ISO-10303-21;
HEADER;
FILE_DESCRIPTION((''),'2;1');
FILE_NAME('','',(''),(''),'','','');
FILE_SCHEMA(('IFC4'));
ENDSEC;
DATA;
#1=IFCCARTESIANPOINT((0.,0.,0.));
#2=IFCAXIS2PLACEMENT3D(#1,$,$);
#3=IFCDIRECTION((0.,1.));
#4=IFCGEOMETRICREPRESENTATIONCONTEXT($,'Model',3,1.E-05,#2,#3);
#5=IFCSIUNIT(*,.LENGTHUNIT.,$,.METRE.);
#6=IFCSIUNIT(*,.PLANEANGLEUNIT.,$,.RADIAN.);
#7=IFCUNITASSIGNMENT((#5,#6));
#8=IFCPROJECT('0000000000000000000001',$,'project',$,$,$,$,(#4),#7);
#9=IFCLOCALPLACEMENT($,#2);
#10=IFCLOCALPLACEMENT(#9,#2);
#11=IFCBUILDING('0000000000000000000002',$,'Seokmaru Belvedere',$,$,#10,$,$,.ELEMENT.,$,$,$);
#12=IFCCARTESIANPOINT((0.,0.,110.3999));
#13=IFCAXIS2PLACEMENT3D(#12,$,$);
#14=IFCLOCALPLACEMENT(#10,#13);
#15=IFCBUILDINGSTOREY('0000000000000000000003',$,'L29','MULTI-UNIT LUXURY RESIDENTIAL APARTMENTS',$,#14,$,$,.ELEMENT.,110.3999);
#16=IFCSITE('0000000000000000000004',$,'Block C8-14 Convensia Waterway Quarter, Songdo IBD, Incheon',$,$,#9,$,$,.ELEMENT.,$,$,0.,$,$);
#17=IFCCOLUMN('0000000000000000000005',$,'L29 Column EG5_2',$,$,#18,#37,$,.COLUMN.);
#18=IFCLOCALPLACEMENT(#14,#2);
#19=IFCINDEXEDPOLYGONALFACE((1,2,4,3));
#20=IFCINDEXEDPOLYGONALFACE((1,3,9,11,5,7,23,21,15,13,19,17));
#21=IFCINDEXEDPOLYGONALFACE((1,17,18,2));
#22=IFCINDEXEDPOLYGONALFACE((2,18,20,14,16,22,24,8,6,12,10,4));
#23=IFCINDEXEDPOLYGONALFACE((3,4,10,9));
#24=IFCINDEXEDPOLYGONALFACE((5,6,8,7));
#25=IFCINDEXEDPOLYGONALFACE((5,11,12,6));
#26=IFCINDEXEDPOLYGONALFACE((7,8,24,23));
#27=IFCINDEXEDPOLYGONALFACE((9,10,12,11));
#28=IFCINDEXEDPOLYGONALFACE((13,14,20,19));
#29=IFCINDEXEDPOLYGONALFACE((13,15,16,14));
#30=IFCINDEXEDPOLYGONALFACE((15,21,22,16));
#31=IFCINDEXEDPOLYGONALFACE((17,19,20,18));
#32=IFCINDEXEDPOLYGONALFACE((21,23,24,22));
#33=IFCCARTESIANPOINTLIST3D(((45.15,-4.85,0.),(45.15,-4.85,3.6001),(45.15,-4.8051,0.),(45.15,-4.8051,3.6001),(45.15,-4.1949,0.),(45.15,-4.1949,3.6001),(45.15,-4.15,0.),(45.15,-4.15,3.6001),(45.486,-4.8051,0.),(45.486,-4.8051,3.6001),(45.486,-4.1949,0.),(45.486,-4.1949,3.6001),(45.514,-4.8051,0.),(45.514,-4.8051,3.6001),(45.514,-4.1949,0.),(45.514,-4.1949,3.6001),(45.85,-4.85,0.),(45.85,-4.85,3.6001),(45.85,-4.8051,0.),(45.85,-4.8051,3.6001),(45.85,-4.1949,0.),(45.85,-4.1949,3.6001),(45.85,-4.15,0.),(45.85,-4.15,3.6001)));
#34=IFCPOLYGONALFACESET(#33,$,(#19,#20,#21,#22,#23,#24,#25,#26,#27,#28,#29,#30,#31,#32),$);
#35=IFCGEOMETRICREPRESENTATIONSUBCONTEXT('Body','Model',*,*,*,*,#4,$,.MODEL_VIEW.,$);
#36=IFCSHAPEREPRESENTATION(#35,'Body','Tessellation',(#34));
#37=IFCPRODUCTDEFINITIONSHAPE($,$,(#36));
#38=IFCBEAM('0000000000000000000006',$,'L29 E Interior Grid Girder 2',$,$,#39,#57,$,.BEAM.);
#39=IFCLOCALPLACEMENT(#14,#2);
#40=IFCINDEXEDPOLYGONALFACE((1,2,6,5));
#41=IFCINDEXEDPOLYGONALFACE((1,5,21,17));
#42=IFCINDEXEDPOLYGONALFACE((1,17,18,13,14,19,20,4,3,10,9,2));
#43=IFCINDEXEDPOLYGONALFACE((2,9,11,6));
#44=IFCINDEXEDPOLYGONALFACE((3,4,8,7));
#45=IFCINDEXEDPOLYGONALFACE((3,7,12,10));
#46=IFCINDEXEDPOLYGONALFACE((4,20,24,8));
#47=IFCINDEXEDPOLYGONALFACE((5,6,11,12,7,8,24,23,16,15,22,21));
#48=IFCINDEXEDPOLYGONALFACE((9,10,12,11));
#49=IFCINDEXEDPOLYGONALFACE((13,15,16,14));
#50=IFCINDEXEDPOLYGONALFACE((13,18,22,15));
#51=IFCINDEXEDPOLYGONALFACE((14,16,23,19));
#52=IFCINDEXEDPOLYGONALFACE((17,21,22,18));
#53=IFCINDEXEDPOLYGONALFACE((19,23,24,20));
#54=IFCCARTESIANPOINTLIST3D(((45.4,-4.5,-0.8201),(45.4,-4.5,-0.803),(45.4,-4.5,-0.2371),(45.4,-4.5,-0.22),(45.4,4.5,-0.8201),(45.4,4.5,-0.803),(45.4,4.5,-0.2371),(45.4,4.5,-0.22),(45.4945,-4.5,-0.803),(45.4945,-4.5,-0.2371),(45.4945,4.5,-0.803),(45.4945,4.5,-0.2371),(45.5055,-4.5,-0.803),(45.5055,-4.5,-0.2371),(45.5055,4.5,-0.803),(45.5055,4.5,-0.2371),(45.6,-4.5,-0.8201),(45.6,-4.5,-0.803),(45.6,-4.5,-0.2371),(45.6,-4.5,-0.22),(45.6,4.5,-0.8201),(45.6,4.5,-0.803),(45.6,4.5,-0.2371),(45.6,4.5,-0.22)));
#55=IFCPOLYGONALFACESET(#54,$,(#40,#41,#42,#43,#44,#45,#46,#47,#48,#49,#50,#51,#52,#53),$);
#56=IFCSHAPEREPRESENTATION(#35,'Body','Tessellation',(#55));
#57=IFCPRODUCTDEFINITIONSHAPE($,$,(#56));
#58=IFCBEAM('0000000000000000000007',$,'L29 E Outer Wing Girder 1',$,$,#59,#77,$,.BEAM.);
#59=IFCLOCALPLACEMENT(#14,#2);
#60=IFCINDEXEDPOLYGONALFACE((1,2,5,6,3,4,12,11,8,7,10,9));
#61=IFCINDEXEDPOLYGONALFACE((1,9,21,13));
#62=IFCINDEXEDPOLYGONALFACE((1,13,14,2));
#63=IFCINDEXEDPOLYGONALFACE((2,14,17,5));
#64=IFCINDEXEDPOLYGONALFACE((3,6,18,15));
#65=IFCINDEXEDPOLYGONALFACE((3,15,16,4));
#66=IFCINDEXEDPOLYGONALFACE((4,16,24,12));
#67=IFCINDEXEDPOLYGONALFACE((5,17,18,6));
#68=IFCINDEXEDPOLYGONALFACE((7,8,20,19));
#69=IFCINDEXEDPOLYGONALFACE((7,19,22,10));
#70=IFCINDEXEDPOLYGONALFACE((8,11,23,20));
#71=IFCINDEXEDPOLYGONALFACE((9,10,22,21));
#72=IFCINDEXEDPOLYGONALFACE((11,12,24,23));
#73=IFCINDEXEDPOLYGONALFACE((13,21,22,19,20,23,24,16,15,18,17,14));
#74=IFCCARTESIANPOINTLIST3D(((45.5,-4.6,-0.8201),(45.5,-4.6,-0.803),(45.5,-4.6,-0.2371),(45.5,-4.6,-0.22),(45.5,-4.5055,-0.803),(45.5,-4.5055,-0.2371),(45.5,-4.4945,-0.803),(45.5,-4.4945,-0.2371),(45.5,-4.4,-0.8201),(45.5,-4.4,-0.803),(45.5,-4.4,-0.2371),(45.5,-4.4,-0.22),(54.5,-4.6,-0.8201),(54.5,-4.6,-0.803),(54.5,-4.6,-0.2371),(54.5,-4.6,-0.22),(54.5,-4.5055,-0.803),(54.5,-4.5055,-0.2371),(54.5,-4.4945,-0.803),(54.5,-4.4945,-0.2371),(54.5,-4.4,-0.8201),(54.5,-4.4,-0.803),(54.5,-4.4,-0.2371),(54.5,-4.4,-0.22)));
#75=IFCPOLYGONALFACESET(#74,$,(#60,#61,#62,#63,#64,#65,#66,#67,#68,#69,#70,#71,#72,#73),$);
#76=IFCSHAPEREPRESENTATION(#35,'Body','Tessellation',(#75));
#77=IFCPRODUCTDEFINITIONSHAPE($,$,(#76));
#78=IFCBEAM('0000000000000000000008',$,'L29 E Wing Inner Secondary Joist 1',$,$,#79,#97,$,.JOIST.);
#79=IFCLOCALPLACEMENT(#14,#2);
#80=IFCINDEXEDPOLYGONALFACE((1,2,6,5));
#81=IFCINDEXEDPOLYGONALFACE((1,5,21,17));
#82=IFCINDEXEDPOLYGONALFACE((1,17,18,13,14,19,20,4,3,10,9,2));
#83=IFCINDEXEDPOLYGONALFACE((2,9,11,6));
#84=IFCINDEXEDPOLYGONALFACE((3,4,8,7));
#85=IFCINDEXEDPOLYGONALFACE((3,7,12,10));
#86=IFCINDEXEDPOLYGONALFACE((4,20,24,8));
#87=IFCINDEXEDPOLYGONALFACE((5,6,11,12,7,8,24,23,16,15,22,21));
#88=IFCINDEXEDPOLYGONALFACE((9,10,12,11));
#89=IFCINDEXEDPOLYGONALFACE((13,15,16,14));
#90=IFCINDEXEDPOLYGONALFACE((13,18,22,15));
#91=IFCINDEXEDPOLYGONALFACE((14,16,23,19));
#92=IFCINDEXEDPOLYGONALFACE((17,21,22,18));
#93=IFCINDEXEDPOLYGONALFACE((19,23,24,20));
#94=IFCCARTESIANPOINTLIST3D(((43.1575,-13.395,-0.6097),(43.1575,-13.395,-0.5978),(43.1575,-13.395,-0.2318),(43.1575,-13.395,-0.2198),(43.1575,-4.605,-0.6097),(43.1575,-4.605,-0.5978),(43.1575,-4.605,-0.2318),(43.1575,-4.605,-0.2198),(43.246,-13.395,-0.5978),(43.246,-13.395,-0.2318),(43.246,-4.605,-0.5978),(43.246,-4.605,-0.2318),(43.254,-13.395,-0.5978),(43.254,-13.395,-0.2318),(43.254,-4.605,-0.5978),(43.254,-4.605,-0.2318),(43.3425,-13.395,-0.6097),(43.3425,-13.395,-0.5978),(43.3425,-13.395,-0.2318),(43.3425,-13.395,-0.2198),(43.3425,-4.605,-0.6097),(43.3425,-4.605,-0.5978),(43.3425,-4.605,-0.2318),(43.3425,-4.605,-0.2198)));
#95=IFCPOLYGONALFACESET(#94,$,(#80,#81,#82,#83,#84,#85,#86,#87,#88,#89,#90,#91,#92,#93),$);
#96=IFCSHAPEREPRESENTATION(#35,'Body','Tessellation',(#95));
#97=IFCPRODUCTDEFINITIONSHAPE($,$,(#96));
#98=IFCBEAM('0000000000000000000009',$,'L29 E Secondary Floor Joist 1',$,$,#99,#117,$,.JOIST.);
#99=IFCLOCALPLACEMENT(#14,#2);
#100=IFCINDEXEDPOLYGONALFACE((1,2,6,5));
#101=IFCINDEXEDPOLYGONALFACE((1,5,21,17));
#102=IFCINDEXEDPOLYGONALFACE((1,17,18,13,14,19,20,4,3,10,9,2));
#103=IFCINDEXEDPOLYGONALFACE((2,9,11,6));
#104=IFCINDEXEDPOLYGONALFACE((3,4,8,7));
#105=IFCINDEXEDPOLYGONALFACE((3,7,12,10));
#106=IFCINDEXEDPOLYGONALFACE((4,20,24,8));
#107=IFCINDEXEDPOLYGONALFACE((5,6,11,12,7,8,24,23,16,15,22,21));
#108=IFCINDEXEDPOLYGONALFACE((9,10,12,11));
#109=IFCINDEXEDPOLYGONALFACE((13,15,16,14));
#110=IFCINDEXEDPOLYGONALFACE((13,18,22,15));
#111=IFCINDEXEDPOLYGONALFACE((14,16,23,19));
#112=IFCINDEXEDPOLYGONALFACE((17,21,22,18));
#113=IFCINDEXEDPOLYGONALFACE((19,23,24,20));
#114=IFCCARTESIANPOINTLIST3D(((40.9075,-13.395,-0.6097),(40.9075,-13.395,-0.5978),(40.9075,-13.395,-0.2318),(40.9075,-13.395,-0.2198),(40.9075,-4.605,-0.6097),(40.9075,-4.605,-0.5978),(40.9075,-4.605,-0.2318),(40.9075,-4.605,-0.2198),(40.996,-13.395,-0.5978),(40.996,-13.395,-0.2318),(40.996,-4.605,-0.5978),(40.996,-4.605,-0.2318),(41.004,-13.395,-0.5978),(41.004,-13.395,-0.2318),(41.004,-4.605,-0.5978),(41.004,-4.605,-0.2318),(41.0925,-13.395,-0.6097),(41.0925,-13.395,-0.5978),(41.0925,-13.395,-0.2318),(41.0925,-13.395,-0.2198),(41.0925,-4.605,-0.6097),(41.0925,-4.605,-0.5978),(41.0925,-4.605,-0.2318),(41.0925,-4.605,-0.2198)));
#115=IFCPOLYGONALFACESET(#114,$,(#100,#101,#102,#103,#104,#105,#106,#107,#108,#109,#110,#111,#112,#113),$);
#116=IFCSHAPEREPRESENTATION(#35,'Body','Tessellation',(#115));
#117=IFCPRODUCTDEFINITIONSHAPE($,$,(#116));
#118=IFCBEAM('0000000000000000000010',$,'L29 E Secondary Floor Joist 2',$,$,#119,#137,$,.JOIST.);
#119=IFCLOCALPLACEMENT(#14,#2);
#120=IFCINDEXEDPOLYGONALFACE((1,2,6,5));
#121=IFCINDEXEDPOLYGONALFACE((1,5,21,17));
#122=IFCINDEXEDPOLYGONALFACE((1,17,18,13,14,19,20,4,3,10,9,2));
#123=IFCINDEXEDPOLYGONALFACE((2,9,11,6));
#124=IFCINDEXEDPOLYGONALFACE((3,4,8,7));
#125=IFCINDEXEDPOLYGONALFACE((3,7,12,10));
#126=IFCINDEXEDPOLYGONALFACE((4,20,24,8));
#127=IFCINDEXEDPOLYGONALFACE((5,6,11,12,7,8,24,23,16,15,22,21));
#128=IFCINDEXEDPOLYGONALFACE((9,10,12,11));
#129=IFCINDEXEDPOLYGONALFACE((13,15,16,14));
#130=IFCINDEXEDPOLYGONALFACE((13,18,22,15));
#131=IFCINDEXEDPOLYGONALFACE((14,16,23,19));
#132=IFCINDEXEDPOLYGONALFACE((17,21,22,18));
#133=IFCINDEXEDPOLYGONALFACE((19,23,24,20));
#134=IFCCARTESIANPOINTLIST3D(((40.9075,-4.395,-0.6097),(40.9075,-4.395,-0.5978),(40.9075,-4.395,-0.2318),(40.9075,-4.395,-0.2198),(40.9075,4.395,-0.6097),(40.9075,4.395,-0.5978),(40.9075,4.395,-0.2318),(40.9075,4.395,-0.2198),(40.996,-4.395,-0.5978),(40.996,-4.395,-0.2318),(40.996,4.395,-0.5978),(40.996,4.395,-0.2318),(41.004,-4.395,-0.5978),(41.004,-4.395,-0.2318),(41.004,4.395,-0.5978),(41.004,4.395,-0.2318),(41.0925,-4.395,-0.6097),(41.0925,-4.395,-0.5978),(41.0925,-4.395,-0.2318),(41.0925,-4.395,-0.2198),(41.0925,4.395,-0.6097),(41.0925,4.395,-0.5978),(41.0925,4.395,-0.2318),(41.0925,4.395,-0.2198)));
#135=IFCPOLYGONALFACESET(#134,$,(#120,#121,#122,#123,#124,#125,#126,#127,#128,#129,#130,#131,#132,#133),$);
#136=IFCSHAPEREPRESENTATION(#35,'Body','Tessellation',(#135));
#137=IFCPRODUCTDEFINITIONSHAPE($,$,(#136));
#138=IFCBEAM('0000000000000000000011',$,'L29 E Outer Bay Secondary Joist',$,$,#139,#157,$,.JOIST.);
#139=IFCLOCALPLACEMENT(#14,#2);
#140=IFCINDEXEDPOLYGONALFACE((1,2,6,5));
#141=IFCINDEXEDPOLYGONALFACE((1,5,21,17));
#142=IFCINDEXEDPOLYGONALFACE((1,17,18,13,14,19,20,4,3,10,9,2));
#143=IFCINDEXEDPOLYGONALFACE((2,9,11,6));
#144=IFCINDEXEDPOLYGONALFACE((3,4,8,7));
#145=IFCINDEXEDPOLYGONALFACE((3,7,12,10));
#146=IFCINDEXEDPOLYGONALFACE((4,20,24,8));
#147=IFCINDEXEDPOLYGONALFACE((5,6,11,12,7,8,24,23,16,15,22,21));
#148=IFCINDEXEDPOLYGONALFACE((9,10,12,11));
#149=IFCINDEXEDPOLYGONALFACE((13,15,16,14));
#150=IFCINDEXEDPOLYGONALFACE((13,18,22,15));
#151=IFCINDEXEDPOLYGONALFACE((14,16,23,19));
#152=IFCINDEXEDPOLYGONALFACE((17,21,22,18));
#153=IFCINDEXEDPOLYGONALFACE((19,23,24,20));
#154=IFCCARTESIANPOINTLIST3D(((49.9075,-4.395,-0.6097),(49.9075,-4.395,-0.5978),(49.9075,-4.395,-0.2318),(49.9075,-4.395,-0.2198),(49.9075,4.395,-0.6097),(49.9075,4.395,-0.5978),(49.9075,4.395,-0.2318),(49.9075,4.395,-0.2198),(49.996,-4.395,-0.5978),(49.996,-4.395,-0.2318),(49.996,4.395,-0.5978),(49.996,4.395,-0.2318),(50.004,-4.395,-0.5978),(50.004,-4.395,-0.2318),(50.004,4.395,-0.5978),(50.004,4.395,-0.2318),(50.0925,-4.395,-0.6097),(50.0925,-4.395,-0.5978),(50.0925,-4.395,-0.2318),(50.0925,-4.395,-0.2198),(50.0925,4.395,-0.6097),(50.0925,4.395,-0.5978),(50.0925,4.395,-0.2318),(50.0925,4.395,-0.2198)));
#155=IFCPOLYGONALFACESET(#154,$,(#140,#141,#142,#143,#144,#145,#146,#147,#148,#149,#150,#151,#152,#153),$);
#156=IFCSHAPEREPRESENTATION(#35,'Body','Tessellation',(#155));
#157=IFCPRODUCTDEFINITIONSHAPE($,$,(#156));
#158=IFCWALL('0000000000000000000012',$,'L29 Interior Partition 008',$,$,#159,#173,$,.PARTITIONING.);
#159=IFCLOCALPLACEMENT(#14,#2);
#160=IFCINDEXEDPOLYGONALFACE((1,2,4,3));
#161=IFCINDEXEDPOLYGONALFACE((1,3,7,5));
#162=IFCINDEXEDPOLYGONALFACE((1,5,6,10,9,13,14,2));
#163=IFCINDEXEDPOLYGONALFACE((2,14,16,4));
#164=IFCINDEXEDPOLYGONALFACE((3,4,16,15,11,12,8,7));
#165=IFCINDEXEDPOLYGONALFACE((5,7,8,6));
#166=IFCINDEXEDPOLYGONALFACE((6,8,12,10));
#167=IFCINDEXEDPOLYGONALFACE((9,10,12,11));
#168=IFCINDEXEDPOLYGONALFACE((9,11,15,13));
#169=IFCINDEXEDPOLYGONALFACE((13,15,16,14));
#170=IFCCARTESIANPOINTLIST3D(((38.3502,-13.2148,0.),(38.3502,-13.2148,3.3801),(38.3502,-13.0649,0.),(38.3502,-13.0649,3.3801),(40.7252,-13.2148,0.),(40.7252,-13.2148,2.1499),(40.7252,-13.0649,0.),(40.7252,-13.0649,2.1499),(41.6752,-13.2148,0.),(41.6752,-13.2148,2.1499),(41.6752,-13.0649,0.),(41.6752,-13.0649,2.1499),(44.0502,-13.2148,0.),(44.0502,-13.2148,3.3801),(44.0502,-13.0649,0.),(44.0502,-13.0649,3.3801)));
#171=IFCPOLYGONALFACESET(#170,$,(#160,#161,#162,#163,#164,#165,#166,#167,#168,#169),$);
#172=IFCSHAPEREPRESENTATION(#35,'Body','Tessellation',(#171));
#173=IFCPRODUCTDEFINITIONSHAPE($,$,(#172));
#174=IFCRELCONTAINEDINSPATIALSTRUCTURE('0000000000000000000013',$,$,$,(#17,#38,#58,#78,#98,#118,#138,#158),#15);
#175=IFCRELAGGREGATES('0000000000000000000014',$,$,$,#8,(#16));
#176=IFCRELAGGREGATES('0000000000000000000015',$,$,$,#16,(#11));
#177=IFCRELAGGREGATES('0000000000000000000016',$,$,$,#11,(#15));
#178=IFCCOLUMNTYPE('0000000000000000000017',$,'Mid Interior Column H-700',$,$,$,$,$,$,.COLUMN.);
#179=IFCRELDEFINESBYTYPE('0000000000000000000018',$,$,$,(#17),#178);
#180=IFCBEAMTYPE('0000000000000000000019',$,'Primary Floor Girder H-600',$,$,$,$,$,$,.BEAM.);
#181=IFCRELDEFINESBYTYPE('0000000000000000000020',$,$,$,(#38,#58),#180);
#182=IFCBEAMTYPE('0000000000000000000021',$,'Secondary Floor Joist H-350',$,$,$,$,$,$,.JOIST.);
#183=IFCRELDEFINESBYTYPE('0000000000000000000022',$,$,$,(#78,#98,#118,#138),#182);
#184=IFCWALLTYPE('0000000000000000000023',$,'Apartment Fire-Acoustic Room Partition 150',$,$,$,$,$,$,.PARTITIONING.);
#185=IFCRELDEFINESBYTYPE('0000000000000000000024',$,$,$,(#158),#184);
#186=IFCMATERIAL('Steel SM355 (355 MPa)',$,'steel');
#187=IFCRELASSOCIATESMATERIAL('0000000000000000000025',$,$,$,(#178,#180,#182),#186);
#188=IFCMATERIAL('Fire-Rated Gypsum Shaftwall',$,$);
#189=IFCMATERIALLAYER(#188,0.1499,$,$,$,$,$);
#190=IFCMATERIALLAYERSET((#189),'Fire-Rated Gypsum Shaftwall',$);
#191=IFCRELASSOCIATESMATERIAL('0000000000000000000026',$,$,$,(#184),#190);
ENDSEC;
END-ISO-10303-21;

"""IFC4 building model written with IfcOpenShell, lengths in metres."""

from ifc_helpers import new_model, si_unit, direction, frame, frame_2d, origin, origin_2d, place, context, subcontext, project, spatial, rectangle, i_section, extrude, source, transform, mapped, material, layer, layer_set, material_profile, profile_set, type_object, type_shapes, element, save


model = new_model("IFC4")

# Units and contexts
model_context = context("Model", 3, precision=1e-05, world=origin(), true_north=direction((0.0, 1.0)))
body_context = subcontext(model_context, "Body", "Model", "MODEL_VIEW")
ifc_project = project(units=[si_unit("LENGTHUNIT", "METRE"), si_unit("PLANEANGLEUNIT", "RADIAN")], contexts=[model_context])

# Site, building, storey
site_placement = place(None, origin())
site = spatial("IfcSite", under=ifc_project, at=site_placement, Name="Block C8-14 Convensia Waterway Quarter, Songdo IBD, Incheon", CompositionType="ELEMENT", RefElevation=0.0)
building_placement = place(site_placement, origin())
building = spatial("IfcBuilding", under=site, at=building_placement, Name="Seokmaru Belvedere", CompositionType="ELEMENT")
storey_placement = place(building_placement, frame((0.0, 0.0, 110.3999)))
storey = spatial("IfcBuildingStorey", under=building, at=storey_placement, Name="L29", Description="MULTI-UNIT LUXURY RESIDENTIAL APARTMENTS", CompositionType="ELEMENT", Elevation=110.3999)

# Column
ifc_material_1 = material(Name="Steel SM355 (355 MPa)", Category="steel")
ifc_material_profile_1 = material_profile(ifc_material_1, i_section(OverallWidth=0.7, OverallDepth=0.7, WebThickness=0.0281, FlangeThickness=0.0449, at=origin_2d()), Name="H-700x700x28x45")
ifc_profile_set_1 = profile_set([ifc_material_profile_1], Name="Steel SM355 (355 MPa)")
column_type = type_object("IfcColumnType", Name="Mid Interior Column H-700", PredefinedType="COLUMN", material=ifc_profile_set_1)
shared_shape_1 = source(origin(), body_context, "Body", "SweptSolid", [
    extrude(i_section(OverallWidth=0.7, OverallDepth=0.7, WebThickness=0.0281, FlangeThickness=0.0449, at=origin_2d()), origin(), (0.0, 0.0, 1.0), 3.6001),
])
type_shapes(column_type, [shared_shape_1])
column_placement = place(storey_placement, frame((45.5, -4.5, 0.0), z_axis=(0.0, 0.0, 1.0), x_axis=(1.0, 0.0, 0.0)))
element("IfcColumn", 1, at=column_placement, inside=storey, type_object=column_type, Name="L29 Column EG5_2", PredefinedType="COLUMN", context=body_context, shape_type="MappedRepresentation", body=[
    mapped(shared_shape_1, transform((0.0, 0.0, 0.0), scale=1.0)),
])

# Beams
ifc_material_profile_2 = material_profile(ifc_material_1, i_section(OverallWidth=0.2, OverallDepth=0.6001, WebThickness=0.011, FlangeThickness=0.0171, at=origin_2d()), Name="H-600x200x11x17")
ifc_profile_set_2 = profile_set([ifc_material_profile_2], Name="Steel SM355 (355 MPa)")
beam_type_1 = type_object("IfcBeamType", Name="Primary Floor Girder H-600", PredefinedType="BEAM", material=ifc_profile_set_2)
shared_shape_2 = source(origin(), body_context, "Body", "SweptSolid", [
    extrude(i_section(OverallWidth=0.2, OverallDepth=0.6001, WebThickness=0.011, FlangeThickness=0.0171, at=origin_2d()), origin(), (0.0, 0.0, 1.0), 9.0),
])
type_shapes(beam_type_1, [shared_shape_2])
for number, where, z_axis, x_axis, name in (
    (2, (45.5, -4.5, -0.52), (0.0, 1.0, 0.0), (-1.0, 0.0, 0.0), "L29 E Interior Grid Girder 2"),
    (3, (45.5, -4.5, -0.52), (1.0, 0.0, 0.0), (0.0, 1.0, 0.0), "L29 E Outer Wing Girder 1"),
):
    element("IfcBeam", number, at=place(storey_placement, frame(where, z_axis=z_axis, x_axis=x_axis)), inside=storey, type_object=beam_type_1, Name=name, PredefinedType="BEAM", context=body_context, shape_type="MappedRepresentation", body=[
        mapped(shared_shape_2, transform((0.0, 0.0, 0.0), scale=1.0)),
    ])
ifc_material_profile_3 = material_profile(ifc_material_1, i_section(OverallWidth=0.1851, OverallDepth=0.3899, WebThickness=0.0081, FlangeThickness=0.012, at=origin_2d()), Name="H-390x185x8x12")
ifc_profile_set_3 = profile_set([ifc_material_profile_3], Name="Steel SM355 (355 MPa)")
beam_type_2 = type_object("IfcBeamType", Name="Secondary Floor Joist H-350", PredefinedType="JOIST", material=ifc_profile_set_3)
shared_shape_3 = source(origin(), body_context, "Body", "SweptSolid", [
    extrude(i_section(OverallWidth=0.1851, OverallDepth=0.3899, WebThickness=0.0081, FlangeThickness=0.012, at=origin_2d()), origin(), (0.0, 0.0, 1.0), 8.79),
])
type_shapes(beam_type_2, [shared_shape_3])
for number, where, z_axis, x_axis, name in (
    (4, (43.25, -13.395, -0.4148), (0.0, 1.0, 0.0), (-1.0, 0.0, 0.0), "L29 E Wing Inner Secondary Joist 1"),
    (5, (41.0, -13.395, -0.4148), (0.0, 1.0, 0.0), (-1.0, 0.0, 0.0), "L29 E Secondary Floor Joist 1"),
    (6, (41.0, -4.395, -0.4148), (0.0, 1.0, 0.0), (-1.0, 0.0, 0.0), "L29 E Secondary Floor Joist 2"),
    (7, (50.0, -4.395, -0.4148), (0.0, 1.0, 0.0), (-1.0, 0.0, 0.0), "L29 E Outer Bay Secondary Joist"),
):
    element("IfcBeam", number, at=place(storey_placement, frame(where, z_axis=z_axis, x_axis=x_axis)), inside=storey, type_object=beam_type_2, Name=name, PredefinedType="JOIST", context=body_context, shape_type="MappedRepresentation", body=[
        mapped(shared_shape_3, transform((0.0, 0.0, 0.0), scale=1.0)),
    ])

# Wall, opening
ifc_material_2 = material(Name="Fire-Rated Gypsum Shaftwall")
ifc_layer_1 = layer(ifc_material_2, 0.1499)
ifc_layer_set_1 = layer_set([ifc_layer_1], Name="Fire-Rated Gypsum Shaftwall")
wall_type_1 = type_object("IfcWallType", Name="Apartment Fire-Acoustic Room Partition 150", PredefinedType="PARTITIONING", material=ifc_layer_set_1)
wall_1_placement = place(storey_placement, frame((38.3501, -13.1399, 0.0), z_axis=(0.0, 0.0, 1.0), x_axis=(1.0, 0.0, 0.0)))
wall_1 = element("IfcWall", 8, at=wall_1_placement, inside=storey, type_object=wall_type_1, Name="L29 Interior Partition 008", PredefinedType="PARTITIONING", context=body_context, shape_type="SweptSolid", body=[
    extrude(rectangle(XDim=5.7, YDim=0.1499, at=frame_2d((2.8501, 0.0))), origin(), (0.0, 0.0, 1.0), 3.3801),
])
opening_1_placement = place(wall_1_placement, frame((2.375, 0.0, 0.0)))
element("IfcOpeningElement", 9, at=opening_1_placement, cuts=wall_1, PredefinedType="OPENING", context=body_context, shape_type="SweptSolid", body=[
    extrude(rectangle(XDim=0.95, YDim=2.1499, at=frame_2d((0.4751, 1.075))), frame((0.0, 0.085, 0.0), z_axis=(0.0, -1.0, 0.0), x_axis=(1.0, 0.0, 0.0)), (0.0, 0.0, 1.0), 0.1699),
])

save(model, "model.ifc")
